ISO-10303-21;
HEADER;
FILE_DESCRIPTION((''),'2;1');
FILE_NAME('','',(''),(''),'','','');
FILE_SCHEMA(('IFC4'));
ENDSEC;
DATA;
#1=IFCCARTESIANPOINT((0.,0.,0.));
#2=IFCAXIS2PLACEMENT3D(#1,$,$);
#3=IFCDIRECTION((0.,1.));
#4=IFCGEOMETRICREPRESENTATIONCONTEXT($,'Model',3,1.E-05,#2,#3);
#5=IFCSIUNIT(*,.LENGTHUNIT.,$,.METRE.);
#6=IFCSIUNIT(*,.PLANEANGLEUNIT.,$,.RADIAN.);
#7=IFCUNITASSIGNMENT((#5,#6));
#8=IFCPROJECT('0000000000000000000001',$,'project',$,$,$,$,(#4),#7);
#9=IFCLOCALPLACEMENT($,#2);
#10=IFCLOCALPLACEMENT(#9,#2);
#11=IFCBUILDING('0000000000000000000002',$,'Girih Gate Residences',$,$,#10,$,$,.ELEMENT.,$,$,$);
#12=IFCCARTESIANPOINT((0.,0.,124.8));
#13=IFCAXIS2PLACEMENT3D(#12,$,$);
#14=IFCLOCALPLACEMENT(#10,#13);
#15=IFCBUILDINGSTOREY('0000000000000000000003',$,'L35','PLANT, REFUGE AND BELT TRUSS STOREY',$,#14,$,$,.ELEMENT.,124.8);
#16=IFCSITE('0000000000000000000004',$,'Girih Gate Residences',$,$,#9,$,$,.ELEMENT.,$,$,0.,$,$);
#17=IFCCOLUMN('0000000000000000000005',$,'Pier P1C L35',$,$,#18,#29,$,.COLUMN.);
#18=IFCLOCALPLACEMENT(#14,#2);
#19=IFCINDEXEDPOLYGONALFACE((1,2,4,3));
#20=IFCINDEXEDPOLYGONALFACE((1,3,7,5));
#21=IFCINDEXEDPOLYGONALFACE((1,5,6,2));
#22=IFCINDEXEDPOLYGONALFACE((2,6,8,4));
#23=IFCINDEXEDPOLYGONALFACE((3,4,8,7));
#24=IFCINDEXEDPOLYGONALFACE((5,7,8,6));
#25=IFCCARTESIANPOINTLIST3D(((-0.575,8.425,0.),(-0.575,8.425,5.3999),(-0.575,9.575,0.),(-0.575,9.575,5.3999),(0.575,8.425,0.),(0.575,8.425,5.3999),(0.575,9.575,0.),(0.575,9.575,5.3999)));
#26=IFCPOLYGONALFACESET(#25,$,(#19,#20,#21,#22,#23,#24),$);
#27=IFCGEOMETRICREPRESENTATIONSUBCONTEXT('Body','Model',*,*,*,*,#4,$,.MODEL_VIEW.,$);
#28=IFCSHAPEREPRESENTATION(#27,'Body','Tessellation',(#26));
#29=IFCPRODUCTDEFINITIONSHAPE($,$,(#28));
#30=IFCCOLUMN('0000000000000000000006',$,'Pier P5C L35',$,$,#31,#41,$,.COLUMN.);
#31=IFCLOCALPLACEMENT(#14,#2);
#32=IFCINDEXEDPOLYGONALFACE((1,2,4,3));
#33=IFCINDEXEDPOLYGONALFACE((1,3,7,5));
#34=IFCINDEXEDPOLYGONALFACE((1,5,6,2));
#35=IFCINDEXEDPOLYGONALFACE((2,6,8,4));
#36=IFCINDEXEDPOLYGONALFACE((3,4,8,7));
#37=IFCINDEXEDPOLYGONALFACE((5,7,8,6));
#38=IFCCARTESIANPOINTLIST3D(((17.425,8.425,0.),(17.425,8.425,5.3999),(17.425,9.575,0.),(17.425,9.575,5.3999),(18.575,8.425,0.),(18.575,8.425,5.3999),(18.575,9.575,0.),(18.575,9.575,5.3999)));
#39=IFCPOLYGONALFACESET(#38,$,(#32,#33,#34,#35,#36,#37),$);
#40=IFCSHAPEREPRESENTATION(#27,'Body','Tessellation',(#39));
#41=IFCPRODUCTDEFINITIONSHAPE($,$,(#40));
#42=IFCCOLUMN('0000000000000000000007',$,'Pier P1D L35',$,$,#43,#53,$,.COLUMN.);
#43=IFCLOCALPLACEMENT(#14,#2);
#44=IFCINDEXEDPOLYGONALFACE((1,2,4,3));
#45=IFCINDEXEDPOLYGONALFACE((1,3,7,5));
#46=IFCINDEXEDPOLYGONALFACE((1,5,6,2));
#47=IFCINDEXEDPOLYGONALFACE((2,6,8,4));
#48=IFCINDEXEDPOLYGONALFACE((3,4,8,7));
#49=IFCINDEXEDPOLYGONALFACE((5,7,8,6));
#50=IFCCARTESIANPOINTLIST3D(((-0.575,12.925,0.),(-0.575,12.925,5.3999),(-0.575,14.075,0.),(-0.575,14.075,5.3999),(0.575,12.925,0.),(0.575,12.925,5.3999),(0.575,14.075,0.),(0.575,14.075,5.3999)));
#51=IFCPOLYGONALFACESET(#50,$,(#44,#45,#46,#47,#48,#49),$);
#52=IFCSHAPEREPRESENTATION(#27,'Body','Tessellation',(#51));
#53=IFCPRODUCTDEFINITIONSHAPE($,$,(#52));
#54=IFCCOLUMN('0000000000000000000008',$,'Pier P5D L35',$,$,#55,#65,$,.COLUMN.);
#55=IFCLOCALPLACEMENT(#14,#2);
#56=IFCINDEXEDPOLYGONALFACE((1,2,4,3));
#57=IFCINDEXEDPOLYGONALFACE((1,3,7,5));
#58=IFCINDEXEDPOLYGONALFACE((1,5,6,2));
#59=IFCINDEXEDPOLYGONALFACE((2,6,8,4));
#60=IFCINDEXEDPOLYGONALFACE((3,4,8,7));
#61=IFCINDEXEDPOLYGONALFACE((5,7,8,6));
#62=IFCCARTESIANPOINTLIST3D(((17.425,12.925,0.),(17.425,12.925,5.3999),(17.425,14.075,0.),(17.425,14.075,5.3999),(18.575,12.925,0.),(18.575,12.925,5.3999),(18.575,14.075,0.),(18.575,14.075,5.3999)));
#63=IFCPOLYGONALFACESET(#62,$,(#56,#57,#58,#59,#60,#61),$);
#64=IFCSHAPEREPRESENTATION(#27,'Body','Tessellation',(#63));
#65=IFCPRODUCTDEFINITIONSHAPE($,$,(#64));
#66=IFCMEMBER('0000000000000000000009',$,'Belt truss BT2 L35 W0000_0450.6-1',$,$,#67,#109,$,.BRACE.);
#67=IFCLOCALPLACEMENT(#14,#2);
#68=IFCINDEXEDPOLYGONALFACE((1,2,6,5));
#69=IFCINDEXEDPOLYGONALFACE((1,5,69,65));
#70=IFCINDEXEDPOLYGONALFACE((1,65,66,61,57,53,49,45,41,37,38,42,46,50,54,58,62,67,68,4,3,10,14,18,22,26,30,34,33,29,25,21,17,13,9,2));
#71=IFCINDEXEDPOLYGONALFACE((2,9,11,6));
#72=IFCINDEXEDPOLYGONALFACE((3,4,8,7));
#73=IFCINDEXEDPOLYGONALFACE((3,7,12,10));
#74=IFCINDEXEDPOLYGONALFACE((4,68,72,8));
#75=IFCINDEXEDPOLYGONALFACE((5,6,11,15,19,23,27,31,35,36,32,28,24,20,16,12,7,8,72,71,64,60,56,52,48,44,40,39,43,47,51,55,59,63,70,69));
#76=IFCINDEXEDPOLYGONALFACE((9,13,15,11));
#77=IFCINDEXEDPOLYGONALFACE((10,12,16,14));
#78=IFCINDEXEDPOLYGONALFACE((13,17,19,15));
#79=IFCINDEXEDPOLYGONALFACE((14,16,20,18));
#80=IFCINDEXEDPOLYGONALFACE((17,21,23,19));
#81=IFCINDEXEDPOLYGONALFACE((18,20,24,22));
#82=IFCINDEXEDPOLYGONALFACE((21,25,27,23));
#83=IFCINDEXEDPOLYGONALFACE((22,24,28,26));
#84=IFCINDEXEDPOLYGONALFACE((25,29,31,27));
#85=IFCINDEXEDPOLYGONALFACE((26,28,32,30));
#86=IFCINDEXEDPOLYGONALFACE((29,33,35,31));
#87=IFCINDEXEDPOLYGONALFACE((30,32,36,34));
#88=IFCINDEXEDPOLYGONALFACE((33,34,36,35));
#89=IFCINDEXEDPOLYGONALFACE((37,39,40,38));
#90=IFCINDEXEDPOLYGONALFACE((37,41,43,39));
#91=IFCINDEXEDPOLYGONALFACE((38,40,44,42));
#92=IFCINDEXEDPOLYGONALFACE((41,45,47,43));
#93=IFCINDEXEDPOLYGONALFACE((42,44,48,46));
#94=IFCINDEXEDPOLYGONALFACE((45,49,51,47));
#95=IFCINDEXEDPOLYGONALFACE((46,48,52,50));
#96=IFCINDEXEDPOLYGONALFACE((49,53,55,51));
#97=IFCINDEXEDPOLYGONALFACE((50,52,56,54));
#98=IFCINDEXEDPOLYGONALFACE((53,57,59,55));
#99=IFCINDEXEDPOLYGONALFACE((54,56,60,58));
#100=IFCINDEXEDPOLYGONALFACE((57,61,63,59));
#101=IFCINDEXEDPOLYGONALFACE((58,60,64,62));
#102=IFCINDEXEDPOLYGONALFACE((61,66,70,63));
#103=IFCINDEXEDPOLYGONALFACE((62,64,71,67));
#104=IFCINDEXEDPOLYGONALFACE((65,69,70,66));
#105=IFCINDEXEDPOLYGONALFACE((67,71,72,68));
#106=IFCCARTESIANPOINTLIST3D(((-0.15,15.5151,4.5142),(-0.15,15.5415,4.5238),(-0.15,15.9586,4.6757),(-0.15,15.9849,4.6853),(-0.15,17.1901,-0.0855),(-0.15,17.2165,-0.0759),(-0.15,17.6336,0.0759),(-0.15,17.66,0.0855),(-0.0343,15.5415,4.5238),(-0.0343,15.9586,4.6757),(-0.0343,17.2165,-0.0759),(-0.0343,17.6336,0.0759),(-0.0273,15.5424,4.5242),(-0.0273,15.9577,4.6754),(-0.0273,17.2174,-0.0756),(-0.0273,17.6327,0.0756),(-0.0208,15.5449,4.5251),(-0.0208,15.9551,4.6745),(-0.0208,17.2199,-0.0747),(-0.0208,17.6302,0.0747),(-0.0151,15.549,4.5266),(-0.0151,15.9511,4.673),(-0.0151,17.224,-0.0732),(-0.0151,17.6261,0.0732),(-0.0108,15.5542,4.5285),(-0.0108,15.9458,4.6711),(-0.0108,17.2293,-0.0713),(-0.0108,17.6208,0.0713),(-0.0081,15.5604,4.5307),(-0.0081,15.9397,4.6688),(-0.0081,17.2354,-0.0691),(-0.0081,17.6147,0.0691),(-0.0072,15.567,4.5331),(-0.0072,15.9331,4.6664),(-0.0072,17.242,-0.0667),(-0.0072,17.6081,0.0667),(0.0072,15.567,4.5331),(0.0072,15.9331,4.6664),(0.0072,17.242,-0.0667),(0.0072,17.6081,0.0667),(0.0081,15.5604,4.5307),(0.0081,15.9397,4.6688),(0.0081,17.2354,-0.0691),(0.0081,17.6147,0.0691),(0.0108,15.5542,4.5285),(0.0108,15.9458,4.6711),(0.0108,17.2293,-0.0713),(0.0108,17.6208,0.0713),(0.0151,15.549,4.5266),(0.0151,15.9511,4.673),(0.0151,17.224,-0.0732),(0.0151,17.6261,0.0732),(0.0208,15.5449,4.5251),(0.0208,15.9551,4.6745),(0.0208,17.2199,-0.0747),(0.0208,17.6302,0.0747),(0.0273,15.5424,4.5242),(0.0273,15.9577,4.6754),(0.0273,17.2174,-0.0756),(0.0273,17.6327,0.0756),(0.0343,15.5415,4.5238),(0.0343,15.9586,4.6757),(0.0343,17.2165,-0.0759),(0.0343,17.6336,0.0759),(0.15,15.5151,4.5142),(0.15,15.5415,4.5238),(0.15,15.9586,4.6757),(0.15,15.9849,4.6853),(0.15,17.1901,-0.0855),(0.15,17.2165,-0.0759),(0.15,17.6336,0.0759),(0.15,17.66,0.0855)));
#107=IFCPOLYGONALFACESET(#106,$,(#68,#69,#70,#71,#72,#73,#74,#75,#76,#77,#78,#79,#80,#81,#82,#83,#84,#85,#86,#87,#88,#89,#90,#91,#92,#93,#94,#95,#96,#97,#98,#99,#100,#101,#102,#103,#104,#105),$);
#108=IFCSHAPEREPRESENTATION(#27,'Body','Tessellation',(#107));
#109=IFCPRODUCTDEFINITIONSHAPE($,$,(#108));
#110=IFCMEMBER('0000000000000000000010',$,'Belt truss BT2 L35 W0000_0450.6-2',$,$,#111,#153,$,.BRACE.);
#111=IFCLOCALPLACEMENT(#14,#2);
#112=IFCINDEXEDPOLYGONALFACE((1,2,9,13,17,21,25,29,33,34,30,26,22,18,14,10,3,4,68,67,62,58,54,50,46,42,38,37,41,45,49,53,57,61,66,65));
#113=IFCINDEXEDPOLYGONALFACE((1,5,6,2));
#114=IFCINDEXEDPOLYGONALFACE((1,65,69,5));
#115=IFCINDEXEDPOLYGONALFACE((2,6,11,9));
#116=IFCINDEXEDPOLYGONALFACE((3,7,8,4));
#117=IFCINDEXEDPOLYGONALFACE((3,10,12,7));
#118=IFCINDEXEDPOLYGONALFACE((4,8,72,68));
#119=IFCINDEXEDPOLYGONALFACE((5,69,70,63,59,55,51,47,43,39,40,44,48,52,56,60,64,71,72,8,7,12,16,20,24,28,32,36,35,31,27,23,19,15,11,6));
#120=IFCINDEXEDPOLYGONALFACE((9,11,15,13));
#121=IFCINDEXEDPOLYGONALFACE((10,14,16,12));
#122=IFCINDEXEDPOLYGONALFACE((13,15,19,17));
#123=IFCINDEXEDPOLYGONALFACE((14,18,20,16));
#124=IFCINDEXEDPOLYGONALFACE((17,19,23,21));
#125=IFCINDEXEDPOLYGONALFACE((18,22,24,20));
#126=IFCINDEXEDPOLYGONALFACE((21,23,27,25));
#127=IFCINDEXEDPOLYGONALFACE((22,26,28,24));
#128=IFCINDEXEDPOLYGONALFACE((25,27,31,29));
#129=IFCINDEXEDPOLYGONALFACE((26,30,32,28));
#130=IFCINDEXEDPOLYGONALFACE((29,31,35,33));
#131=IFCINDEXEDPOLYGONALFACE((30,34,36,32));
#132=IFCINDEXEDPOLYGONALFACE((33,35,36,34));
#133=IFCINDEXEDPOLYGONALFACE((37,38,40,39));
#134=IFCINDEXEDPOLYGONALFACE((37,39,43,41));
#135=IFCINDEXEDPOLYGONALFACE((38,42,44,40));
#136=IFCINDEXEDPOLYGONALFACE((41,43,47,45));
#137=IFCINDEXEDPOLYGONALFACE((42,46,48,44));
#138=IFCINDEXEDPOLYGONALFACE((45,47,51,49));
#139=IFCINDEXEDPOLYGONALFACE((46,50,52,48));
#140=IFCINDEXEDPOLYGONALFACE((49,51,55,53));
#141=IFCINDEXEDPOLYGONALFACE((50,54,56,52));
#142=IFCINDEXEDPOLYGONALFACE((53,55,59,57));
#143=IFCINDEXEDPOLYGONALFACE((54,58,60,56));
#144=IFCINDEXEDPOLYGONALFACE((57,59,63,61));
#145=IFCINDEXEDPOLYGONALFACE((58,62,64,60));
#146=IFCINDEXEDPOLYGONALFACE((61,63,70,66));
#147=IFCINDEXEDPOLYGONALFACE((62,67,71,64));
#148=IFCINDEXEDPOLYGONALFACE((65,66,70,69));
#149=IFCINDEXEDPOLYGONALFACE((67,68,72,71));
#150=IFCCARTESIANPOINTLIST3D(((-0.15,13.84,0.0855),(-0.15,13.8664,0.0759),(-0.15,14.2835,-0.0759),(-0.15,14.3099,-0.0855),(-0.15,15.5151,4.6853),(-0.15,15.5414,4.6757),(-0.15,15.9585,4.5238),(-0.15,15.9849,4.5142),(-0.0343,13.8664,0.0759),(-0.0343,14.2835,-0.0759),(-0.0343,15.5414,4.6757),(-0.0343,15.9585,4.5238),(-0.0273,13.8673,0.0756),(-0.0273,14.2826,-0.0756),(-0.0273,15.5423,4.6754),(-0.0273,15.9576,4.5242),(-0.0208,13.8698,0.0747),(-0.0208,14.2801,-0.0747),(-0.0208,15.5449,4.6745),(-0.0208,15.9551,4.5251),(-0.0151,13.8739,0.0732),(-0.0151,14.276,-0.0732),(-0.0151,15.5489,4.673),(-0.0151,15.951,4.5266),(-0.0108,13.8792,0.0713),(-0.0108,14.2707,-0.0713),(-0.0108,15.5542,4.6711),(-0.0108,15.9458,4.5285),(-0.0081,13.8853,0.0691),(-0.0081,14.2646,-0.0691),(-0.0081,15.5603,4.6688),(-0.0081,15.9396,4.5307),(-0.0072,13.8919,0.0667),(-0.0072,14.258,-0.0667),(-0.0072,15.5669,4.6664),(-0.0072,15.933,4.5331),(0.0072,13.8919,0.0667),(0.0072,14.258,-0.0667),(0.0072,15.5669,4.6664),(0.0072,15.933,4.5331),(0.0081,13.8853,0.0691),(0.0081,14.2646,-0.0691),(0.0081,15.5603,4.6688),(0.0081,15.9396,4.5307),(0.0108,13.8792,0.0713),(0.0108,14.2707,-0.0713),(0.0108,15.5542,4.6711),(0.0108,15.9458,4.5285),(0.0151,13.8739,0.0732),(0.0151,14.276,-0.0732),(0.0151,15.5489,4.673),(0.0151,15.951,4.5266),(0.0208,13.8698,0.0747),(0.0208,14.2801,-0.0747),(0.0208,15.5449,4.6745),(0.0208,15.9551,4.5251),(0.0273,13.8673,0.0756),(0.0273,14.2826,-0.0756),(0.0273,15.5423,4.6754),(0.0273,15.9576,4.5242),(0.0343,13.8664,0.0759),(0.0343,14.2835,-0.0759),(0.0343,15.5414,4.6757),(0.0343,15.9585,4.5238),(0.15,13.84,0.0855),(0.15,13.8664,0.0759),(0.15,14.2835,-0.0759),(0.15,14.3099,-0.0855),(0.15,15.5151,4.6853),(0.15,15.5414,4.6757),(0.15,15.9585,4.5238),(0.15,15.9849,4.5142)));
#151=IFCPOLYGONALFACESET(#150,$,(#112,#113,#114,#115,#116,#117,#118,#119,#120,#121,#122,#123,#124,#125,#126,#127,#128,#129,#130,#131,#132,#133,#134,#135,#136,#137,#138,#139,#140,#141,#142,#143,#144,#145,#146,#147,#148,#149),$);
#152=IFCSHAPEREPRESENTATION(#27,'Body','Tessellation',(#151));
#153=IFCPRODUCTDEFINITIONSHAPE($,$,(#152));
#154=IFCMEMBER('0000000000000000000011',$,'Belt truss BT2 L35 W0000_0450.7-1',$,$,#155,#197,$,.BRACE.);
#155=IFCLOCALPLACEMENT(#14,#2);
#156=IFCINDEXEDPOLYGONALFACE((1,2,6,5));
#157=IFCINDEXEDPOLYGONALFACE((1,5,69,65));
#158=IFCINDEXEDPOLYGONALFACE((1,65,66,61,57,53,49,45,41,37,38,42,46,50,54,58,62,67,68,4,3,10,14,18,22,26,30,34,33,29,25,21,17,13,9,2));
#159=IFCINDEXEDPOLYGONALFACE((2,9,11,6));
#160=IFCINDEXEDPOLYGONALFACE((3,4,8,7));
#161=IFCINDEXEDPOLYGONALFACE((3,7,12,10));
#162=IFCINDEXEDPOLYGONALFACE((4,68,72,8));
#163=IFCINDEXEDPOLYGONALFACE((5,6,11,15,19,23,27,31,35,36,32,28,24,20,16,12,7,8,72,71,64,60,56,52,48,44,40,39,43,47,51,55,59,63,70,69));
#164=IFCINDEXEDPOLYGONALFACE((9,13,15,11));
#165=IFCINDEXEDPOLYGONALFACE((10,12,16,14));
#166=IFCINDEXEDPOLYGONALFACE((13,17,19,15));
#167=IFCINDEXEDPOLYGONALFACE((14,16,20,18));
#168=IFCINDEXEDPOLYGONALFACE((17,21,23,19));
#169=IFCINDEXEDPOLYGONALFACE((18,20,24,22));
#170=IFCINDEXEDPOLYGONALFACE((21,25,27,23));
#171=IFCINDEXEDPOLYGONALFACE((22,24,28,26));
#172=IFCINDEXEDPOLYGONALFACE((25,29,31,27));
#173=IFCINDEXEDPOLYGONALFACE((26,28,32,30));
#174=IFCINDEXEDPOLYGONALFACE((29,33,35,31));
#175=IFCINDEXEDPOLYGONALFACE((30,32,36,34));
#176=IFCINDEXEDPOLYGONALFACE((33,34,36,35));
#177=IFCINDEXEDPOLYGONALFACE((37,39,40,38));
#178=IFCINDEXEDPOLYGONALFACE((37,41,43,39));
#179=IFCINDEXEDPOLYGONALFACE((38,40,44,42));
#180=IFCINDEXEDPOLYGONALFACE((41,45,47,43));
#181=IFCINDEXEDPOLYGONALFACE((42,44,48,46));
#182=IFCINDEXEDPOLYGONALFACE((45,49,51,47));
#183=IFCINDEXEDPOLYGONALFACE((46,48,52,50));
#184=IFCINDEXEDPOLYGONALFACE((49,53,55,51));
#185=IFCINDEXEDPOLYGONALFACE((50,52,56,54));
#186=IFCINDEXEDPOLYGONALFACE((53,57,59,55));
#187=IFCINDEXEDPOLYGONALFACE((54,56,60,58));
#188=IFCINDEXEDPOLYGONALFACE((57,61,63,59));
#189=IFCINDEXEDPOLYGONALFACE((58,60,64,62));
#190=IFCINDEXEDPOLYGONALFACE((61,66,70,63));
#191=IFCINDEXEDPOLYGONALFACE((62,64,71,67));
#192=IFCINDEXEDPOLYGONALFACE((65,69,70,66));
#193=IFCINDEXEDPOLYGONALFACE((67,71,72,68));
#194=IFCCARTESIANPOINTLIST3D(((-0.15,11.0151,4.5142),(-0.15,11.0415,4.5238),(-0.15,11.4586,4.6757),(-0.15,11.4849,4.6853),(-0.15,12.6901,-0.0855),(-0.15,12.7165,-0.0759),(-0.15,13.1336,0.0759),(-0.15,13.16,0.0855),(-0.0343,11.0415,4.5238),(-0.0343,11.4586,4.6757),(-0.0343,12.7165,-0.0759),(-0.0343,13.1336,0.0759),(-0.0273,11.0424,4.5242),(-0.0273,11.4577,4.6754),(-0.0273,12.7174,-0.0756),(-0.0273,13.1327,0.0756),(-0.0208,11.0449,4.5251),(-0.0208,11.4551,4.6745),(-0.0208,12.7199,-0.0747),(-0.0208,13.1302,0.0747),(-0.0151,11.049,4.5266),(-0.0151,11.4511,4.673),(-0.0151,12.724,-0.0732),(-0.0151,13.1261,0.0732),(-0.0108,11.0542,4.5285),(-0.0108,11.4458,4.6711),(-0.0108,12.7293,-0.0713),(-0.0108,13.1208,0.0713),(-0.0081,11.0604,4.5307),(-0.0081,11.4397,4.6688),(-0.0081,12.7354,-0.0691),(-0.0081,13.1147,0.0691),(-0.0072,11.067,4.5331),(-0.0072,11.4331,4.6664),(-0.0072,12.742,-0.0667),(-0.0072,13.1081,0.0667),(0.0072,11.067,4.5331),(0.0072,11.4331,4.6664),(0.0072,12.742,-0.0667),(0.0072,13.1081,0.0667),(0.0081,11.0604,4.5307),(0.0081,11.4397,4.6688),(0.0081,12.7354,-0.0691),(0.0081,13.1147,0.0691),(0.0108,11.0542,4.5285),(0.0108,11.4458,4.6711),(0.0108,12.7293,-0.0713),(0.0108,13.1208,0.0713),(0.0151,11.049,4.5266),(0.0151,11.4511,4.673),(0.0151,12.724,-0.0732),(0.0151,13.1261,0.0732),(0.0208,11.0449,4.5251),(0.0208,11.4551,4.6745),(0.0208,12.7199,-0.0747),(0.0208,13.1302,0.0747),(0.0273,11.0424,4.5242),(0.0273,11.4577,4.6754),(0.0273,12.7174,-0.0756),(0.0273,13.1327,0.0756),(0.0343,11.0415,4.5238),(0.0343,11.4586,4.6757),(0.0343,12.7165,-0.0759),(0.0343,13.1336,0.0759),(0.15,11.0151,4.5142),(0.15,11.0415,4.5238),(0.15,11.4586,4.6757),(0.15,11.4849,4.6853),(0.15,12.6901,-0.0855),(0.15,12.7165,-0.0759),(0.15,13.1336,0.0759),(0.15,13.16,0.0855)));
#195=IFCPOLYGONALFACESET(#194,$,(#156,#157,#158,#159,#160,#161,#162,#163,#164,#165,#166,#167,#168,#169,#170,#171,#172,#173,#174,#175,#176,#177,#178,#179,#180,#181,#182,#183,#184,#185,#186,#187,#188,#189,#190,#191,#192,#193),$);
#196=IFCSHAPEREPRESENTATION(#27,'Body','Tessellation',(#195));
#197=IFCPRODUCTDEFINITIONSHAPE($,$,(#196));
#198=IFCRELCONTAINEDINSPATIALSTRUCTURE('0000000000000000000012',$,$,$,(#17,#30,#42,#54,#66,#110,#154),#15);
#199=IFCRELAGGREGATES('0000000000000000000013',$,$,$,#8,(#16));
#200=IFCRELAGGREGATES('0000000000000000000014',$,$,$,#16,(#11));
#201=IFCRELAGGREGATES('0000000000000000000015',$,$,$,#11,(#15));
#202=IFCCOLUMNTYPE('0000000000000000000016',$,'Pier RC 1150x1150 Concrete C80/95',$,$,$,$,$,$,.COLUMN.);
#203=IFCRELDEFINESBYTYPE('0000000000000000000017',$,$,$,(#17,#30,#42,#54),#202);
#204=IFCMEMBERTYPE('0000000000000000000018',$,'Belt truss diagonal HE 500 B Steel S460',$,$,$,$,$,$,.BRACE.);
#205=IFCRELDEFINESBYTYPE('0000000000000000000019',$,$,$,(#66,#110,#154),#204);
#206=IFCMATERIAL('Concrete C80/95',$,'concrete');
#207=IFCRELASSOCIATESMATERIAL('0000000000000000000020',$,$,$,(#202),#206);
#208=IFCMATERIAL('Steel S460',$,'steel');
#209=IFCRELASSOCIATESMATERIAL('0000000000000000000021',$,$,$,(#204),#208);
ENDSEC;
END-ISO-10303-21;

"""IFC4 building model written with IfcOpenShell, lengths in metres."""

from ifc_helpers import new_model, si_unit, direction, frame, origin, origin_2d, place, context, subcontext, project, spatial, rectangle, i_section, extrude, material, material_profile, profile_set, type_object, element, save


model = new_model("IFC4")

# Units and contexts
model_context = context("Model", 3, precision=1e-05, world=origin(), true_north=direction((0.0, 1.0)))
body_context = subcontext(model_context, "Body", "Model", "MODEL_VIEW")
ifc_project = project(units=[si_unit("LENGTHUNIT", "METRE"), si_unit("PLANEANGLEUNIT", "RADIAN")], contexts=[model_context])

# Site, building, storey
site_placement = place(None, origin())
site = spatial("IfcSite", under=ifc_project, at=site_placement, Name="Girih Gate Residences", CompositionType="ELEMENT", RefElevation=0.0)
building_placement = place(site_placement, origin())
building = spatial("IfcBuilding", under=site, at=building_placement, Name="Girih Gate Residences", CompositionType="ELEMENT")
storey_placement = place(building_placement, frame((0.0, 0.0, 124.8)))
storey = spatial("IfcBuildingStorey", under=building, at=storey_placement, Name="L35", Description="PLANT, REFUGE AND BELT TRUSS STOREY", CompositionType="ELEMENT", Elevation=124.8)

# Columns
ifc_material_1 = material(Name="Concrete C80/95", Category="concrete")
ifc_material_profile_1 = material_profile(ifc_material_1, rectangle(XDim=1.1499, YDim=1.1499, at=origin_2d()))
ifc_profile_set_1 = profile_set([ifc_material_profile_1], Name="Concrete C80/95")
column_type = type_object("IfcColumnType", Name="Pier RC 1150x1150 Concrete C80/95", PredefinedType="COLUMN", material=ifc_profile_set_1)
for number, where, z_axis, x_axis, name in (
    (1, (0.0, 9.0, 0.0), (0.0, 0.0, 1.0), (1.0, 0.0, 0.0), "Pier P1C L35"),
    (2, (18.0, 9.0, 0.0), (0.0, 0.0, 1.0), (1.0, 0.0, 0.0), "Pier P5C L35"),
    (3, (0.0, 13.5, 0.0), (0.0, 0.0, 1.0), (1.0, 0.0, 0.0), "Pier P1D L35"),
    (4, (18.0, 13.5, 0.0), (0.0, 0.0, 1.0), (1.0, 0.0, 0.0), "Pier P5D L35"),
):
    element("IfcColumn", number, at=place(storey_placement, frame(where, z_axis=z_axis, x_axis=x_axis)), inside=storey, type_object=column_type, Name=name, PredefinedType="COLUMN", context=body_context, shape_type="SweptSolid", body=[
        extrude(rectangle(XDim=1.1499, YDim=1.1499, at=origin_2d()), origin(), (0.0, 0.0, 1.0), 5.3999),
    ])

# Members
ifc_material_2 = material(Name="Steel S460", Category="steel")
ifc_material_profile_2 = material_profile(ifc_material_2, i_section(OverallWidth=0.3, OverallDepth=0.5, WebThickness=0.0144, FlangeThickness=0.0281, FilletRadius=0.0271, at=origin_2d()))
ifc_profile_set_2 = profile_set([ifc_material_profile_2], Name="Steel S460")
member_type = type_object("IfcMemberType", Name="Belt truss diagonal HE 500 B Steel S460", PredefinedType="BRACE", material=ifc_profile_set_2)
for number, where, z_axis, x_axis, name in (
    (5, (0.0, 17.425, 0.0), (0.0, -0.342171, 0.939638), (1.0, 0.0, 0.0), "Belt truss BT2 L35 W0000_0450.6-1"),
    (6, (0.0, 14.075, 0.0), (0.0, 0.342171, 0.939638), (-1.0, 0.0, 0.0), "Belt truss BT2 L35 W0000_0450.6-2"),
    (7, (0.0, 12.925, 0.0), (0.0, -0.342171, 0.939638), (1.0, 0.0, 0.0), "Belt truss BT2 L35 W0000_0450.7-1"),
):
    element("IfcMember", number, at=place(storey_placement, frame(where, z_axis=z_axis, x_axis=x_axis)), inside=storey, type_object=member_type, Name=name, PredefinedType="BRACE", context=body_context, shape_type="SweptSolid", body=[
        extrude(i_section(OverallWidth=0.3, OverallDepth=0.5, WebThickness=0.0144, FlangeThickness=0.0281, FilletRadius=0.0271, at=origin_2d()), origin(), (0.0, 0.0, 1.0), 4.8953),
    ])

save(model, "model.ifc")
